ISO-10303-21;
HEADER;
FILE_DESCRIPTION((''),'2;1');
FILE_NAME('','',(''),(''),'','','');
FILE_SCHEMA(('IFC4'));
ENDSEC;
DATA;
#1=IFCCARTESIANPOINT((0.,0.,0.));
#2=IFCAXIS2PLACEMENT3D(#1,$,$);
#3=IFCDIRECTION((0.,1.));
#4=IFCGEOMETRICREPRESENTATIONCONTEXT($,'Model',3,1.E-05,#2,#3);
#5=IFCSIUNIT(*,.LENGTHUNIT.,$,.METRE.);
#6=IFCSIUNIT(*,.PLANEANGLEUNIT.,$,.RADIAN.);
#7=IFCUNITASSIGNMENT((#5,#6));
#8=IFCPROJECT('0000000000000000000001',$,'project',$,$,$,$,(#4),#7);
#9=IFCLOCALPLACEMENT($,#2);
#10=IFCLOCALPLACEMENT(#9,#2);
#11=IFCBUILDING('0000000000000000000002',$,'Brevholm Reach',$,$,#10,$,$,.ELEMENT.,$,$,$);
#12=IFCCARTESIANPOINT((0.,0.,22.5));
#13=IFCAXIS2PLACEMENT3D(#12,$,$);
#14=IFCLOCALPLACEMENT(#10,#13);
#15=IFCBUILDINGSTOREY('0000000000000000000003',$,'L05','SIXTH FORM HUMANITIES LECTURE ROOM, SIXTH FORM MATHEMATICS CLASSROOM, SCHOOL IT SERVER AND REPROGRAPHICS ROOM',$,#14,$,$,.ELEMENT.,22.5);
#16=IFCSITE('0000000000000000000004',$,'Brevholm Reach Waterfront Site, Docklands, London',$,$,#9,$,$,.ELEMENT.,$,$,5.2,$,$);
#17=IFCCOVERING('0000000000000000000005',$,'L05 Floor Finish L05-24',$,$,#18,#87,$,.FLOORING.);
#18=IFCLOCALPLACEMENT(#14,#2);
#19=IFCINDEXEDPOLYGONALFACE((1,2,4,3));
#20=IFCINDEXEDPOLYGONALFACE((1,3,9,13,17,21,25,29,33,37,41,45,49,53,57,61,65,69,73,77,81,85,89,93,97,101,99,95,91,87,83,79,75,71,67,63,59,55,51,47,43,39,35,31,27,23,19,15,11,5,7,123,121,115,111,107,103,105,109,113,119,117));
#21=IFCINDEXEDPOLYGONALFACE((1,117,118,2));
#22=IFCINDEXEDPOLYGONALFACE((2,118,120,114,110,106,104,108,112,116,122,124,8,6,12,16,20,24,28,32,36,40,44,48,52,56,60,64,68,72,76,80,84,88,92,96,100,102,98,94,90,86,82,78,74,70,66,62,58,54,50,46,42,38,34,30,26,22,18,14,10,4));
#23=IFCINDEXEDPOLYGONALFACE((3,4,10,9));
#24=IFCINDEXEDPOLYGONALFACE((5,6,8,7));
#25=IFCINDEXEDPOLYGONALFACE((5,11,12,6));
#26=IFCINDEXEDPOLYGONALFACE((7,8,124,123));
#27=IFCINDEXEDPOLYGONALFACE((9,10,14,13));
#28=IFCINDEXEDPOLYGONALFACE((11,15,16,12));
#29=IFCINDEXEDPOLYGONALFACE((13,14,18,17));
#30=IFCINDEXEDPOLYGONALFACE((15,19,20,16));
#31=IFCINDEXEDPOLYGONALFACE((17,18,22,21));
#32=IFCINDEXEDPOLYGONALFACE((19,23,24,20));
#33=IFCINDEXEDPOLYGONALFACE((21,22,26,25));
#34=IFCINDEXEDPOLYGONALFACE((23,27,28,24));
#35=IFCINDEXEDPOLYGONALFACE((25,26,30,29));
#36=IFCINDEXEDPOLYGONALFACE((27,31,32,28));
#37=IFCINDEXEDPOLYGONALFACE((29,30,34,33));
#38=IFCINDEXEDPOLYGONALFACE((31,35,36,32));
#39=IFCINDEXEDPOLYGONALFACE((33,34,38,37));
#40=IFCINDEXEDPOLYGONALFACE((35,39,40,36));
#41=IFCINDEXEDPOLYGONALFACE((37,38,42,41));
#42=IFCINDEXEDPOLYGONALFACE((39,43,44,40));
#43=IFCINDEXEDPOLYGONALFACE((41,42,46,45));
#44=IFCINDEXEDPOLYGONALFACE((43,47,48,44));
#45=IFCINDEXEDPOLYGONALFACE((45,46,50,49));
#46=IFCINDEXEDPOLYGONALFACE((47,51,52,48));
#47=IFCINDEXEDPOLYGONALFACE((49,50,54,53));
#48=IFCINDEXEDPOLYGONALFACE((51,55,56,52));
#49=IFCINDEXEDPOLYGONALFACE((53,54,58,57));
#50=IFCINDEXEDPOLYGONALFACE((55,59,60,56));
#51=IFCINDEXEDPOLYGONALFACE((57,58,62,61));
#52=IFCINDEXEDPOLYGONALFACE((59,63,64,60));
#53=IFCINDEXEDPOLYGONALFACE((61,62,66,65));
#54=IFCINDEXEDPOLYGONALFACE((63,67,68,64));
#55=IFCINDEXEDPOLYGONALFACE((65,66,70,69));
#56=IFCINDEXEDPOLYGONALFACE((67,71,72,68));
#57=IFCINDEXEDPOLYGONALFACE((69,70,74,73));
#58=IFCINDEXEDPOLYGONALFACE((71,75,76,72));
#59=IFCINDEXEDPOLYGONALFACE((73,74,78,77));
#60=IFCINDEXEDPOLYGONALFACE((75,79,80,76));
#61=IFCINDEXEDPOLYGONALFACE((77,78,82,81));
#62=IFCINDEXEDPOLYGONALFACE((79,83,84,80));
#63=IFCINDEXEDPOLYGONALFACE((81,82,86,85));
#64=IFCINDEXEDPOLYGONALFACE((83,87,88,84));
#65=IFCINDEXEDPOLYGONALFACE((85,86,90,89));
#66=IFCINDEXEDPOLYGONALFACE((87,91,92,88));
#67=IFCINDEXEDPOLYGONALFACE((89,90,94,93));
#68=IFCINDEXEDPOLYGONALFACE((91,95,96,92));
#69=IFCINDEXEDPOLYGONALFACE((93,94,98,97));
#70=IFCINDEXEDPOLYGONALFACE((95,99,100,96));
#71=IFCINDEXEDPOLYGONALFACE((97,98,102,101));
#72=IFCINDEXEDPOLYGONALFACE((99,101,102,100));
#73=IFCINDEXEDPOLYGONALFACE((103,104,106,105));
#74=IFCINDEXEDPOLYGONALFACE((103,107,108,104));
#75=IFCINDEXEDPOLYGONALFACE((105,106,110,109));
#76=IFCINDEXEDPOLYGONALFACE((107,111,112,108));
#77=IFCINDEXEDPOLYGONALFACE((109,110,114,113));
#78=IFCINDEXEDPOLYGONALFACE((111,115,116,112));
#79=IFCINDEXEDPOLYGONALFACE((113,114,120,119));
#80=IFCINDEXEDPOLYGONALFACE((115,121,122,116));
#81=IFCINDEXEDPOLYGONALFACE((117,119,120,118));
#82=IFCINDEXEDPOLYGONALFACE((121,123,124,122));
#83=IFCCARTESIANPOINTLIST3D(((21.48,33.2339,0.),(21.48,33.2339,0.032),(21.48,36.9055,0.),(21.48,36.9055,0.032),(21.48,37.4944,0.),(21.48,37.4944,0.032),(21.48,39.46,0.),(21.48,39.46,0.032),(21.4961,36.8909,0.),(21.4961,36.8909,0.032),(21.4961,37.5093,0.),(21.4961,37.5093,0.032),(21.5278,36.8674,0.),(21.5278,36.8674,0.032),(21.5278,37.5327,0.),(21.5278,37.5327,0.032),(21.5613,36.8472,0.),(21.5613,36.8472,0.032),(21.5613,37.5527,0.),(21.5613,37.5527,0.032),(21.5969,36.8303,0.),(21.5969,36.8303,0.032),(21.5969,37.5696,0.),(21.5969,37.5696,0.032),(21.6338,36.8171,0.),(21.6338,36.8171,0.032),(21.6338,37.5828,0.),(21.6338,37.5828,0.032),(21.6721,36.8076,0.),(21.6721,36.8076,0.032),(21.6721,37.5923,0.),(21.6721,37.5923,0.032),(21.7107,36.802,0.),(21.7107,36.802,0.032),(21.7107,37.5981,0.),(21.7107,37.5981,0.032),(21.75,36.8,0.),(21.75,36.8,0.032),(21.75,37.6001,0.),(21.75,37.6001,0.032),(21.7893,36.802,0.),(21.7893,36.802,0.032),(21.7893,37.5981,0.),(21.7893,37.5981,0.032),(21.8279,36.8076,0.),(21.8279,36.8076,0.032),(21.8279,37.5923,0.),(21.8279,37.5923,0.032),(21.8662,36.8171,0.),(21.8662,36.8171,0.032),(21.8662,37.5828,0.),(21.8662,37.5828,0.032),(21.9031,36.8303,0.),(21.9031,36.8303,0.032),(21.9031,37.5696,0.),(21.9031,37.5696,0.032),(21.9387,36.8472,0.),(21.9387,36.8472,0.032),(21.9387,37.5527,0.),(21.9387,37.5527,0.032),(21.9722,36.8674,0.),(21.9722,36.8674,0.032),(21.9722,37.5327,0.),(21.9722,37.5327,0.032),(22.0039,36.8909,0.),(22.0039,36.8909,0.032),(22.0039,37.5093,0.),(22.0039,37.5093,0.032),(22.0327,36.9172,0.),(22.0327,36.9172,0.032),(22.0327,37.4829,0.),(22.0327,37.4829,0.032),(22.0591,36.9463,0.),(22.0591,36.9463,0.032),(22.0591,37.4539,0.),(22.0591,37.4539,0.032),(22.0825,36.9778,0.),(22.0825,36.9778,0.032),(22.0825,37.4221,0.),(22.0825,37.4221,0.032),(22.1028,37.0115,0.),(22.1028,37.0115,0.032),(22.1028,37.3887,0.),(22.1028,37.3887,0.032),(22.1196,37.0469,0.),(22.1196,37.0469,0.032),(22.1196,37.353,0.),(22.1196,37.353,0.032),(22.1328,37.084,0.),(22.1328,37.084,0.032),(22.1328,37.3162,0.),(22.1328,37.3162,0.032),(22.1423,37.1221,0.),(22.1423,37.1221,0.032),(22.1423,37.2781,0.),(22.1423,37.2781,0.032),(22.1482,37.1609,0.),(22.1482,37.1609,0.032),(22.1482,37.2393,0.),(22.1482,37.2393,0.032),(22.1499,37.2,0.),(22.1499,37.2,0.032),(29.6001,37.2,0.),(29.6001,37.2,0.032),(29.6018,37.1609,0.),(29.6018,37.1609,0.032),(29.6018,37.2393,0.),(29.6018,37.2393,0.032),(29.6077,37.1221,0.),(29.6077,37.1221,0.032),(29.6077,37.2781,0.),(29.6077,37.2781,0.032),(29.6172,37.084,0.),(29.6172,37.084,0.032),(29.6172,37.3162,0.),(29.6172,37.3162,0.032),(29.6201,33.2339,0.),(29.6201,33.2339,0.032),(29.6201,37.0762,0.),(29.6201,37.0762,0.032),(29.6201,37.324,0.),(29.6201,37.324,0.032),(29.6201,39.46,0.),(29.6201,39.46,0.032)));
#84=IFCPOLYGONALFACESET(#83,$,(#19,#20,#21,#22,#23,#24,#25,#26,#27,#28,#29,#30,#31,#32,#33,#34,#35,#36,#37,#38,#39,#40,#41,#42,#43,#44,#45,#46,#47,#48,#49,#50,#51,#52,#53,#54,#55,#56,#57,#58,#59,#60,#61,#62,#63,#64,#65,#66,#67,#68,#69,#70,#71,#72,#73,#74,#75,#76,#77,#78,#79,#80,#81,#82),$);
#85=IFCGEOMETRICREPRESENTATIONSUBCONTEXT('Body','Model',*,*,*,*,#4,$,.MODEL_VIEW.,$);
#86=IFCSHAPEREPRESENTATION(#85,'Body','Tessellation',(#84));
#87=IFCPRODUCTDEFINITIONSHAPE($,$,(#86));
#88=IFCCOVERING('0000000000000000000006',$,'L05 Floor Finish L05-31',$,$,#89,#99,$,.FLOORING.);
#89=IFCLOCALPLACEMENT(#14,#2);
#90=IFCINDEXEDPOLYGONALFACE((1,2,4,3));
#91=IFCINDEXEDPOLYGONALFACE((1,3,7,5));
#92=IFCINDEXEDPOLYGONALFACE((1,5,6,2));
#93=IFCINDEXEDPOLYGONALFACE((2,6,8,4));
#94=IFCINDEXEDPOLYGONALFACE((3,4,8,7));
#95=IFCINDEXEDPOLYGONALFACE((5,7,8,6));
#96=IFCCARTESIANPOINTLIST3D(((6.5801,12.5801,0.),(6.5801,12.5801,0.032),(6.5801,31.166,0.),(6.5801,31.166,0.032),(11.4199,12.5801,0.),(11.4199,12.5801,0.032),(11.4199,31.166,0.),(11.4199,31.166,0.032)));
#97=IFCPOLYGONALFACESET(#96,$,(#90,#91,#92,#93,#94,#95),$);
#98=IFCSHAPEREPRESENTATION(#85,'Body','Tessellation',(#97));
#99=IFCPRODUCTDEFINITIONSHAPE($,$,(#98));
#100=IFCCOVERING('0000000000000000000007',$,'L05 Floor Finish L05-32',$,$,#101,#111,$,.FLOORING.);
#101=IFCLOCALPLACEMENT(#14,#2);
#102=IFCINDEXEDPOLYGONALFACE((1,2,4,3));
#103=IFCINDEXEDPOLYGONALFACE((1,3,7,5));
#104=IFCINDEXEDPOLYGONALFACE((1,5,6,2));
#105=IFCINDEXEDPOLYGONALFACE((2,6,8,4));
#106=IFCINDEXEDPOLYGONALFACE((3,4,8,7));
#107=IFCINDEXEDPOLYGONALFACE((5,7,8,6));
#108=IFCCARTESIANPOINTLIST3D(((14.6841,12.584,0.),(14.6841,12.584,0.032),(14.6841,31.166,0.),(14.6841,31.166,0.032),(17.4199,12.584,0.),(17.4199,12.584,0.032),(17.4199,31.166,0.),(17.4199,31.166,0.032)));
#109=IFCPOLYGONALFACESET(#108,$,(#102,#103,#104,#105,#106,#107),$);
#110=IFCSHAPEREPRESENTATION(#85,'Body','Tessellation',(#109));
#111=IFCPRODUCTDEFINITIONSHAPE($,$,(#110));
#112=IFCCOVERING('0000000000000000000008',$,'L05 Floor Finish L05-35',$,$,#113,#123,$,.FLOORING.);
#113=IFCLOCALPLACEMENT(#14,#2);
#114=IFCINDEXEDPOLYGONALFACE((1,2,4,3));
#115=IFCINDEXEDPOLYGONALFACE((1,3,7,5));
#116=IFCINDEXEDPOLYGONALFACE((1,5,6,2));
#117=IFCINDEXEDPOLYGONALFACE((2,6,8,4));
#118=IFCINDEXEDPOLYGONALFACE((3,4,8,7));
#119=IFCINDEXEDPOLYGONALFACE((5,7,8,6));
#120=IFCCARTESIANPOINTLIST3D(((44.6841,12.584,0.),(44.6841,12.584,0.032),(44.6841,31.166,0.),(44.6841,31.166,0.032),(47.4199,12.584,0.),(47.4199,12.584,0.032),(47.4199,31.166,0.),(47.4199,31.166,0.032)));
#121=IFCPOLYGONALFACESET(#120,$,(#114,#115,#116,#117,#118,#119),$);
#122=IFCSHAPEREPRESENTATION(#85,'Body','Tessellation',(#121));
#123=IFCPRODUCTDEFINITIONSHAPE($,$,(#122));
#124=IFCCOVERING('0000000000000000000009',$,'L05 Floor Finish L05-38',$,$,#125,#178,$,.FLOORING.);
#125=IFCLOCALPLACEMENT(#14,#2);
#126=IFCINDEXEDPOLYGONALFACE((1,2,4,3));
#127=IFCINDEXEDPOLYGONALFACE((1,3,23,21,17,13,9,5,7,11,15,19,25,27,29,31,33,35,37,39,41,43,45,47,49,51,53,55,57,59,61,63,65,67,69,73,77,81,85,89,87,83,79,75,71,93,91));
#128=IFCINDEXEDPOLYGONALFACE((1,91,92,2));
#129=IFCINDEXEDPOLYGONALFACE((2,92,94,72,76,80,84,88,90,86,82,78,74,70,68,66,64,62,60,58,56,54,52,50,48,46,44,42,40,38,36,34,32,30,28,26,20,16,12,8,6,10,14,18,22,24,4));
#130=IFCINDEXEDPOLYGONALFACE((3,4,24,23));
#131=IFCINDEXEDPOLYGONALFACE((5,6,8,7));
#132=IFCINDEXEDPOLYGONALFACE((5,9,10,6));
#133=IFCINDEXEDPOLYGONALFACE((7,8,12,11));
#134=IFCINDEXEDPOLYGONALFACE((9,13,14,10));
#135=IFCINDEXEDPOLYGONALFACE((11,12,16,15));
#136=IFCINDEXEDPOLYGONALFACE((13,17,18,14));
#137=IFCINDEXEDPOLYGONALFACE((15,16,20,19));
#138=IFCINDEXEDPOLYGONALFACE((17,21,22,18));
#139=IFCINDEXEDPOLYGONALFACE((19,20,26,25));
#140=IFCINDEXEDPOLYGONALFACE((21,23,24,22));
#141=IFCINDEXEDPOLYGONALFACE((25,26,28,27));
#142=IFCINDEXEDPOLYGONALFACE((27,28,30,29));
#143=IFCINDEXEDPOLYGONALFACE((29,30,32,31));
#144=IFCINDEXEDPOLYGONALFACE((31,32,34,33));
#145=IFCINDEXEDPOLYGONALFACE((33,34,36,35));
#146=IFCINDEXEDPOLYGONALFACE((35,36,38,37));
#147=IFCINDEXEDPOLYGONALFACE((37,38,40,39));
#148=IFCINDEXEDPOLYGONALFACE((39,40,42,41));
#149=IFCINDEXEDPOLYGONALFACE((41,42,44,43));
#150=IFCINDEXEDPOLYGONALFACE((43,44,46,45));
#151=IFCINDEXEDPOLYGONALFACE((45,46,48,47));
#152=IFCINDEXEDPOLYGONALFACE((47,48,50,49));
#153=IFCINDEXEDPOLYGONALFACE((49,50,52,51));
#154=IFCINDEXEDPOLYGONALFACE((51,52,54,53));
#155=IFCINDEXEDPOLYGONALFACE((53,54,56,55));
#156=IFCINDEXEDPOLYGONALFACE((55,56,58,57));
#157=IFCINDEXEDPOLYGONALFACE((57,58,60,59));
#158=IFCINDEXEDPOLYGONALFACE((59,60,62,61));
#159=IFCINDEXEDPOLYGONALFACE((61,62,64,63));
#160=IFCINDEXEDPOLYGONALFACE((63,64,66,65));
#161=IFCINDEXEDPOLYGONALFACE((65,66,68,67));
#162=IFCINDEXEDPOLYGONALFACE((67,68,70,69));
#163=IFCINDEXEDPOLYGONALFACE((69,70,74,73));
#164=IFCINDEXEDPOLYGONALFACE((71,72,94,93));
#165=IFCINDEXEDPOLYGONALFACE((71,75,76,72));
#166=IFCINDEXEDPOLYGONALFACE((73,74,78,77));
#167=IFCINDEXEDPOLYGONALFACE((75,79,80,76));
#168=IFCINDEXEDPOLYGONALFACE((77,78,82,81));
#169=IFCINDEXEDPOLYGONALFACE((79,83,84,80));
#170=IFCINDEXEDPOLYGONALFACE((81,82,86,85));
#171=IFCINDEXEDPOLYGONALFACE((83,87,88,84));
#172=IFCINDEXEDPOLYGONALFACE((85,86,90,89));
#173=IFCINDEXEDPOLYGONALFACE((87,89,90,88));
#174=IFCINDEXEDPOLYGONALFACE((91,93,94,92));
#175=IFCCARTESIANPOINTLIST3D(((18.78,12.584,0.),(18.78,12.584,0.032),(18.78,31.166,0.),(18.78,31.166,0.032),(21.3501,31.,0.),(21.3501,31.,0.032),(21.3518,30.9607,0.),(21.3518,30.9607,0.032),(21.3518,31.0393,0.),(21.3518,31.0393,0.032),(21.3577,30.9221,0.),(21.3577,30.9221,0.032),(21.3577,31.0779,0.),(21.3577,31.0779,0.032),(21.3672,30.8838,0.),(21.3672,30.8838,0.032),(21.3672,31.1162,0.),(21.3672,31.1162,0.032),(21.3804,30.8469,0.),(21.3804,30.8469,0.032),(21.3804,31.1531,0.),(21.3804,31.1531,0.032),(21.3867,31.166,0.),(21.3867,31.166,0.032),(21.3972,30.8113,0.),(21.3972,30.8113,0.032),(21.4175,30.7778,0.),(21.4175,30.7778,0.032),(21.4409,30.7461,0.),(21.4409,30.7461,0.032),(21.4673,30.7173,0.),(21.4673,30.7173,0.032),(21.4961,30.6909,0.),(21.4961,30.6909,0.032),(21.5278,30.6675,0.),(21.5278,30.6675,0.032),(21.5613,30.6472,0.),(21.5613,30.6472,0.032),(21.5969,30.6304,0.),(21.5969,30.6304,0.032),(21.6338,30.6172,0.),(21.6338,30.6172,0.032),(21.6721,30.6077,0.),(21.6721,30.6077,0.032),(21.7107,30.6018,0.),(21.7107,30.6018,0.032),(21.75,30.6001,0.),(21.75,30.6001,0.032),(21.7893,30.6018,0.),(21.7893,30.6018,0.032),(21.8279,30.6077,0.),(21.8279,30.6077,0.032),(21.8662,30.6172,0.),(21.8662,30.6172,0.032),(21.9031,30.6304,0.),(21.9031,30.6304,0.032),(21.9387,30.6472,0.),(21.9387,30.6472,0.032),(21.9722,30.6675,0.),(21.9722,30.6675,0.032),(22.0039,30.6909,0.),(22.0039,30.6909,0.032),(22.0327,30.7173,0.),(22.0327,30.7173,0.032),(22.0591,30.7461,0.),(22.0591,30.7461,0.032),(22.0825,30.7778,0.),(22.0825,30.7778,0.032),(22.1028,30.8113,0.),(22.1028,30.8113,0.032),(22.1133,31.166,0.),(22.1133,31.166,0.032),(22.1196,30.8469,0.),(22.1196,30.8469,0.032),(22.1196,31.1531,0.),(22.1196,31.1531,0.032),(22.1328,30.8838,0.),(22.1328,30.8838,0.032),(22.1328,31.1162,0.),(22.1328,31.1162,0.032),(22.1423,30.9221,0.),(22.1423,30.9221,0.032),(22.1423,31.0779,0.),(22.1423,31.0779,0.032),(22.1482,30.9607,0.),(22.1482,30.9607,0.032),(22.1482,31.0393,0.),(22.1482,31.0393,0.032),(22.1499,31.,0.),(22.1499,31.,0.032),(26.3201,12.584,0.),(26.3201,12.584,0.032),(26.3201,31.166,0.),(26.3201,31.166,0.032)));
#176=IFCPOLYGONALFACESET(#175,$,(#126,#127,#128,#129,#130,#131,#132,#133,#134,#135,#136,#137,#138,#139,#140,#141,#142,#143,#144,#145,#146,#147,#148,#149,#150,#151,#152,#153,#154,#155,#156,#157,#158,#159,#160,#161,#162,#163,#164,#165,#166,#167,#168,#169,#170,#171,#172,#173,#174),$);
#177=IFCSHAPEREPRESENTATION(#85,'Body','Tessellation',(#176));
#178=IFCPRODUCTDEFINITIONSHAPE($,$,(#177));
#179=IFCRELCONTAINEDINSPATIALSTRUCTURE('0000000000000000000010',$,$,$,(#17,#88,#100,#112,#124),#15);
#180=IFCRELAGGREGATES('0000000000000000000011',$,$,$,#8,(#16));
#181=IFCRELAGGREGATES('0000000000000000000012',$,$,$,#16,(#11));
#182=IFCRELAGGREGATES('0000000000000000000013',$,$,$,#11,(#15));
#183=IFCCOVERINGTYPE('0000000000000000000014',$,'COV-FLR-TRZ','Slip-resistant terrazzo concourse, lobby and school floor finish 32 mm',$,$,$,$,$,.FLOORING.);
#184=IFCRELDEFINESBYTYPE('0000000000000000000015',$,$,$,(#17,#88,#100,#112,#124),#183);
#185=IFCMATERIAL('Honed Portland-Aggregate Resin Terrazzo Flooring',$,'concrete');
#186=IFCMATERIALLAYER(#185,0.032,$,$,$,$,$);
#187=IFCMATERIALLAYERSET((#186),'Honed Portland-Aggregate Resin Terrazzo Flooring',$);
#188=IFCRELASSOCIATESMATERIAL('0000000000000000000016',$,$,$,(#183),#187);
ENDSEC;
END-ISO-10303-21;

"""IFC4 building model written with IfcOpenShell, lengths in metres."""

from ifc_helpers import new_model, si_unit, direction, frame, origin, place, context, subcontext, project, spatial, polyline, outline, extrude, material, layer, layer_set, type_object, element, save


model = new_model("IFC4")

# Units and contexts
model_context = context("Model", 3, precision=1e-05, world=origin(), true_north=direction((0.0, 1.0)))
body_context = subcontext(model_context, "Body", "Model", "MODEL_VIEW")
ifc_project = project(units=[si_unit("LENGTHUNIT", "METRE"), si_unit("PLANEANGLEUNIT", "RADIAN")], contexts=[model_context])

# Site, building, storey
site_placement = place(None, origin())
site = spatial("IfcSite", under=ifc_project, at=site_placement, Name="Brevholm Reach Waterfront Site, Docklands, London", CompositionType="ELEMENT", RefElevation=5.2)
building_placement = place(site_placement, origin())
building = spatial("IfcBuilding", under=site, at=building_placement, Name="Brevholm Reach", CompositionType="ELEMENT")
storey_placement = place(building_placement, frame((0.0, 0.0, 22.5)))
storey = spatial("IfcBuildingStorey", under=building, at=storey_placement, Name="L05", Description="SIXTH FORM HUMANITIES LECTURE ROOM, SIXTH FORM MATHEMATICS CLASSROOM, SCHOOL IT SERVER AND REPROGRAPHICS ROOM", CompositionType="ELEMENT", Elevation=22.5)

# Coverings
ifc_material_1 = material(Name="Honed Portland-Aggregate Resin Terrazzo Flooring", Category="concrete")
ifc_layer_1 = layer(ifc_material_1, 0.032)
ifc_layer_set_1 = layer_set([ifc_layer_1], Name="Honed Portland-Aggregate Resin Terrazzo Flooring")
covering_type_1 = type_object("IfcCoveringType", Name="COV-FLR-TRZ", Description="Slip-resistant terrazzo concourse, lobby and school floor finish 32 mm", PredefinedType="FLOORING", material=ifc_layer_set_1)
covering_1_placement = place(storey_placement, origin())
element("IfcCovering", 1, at=covering_1_placement, inside=storey, type_object=covering_type_1, Name="L05 Floor Finish L05-24", PredefinedType="FLOORING", context=body_context, shape_type="SweptSolid", body=[
    extrude(outline(polyline([(21.48, 36.9055), (21.4961, 36.8909), (21.5278, 36.8674), (21.5613, 36.8472), (21.5969, 36.8303), (21.6338, 36.8171), (21.6721, 36.8076), (21.7107, 36.802), (21.75, 36.8), (21.7893, 36.802), (21.8279, 36.8076), (21.8662, 36.8171), (21.9031, 36.8303), (21.9387, 36.8472), (21.9722, 36.8674), (22.0039, 36.8909), (22.0327, 36.9172), (22.0591, 36.9463), (22.0825, 36.9778), (22.1028, 37.0115), (22.1196, 37.0469), (22.1328, 37.084), (22.1423, 37.1221), (22.1482, 37.1609), (22.1499, 37.2), (22.1482, 37.2393), (22.1423, 37.2781), (22.1328, 37.3162), (22.1196, 37.353), (22.1028, 37.3887), (22.0825, 37.4221), (22.0591, 37.4539), (22.0327, 37.4829), (22.0039, 37.5093), (21.9722, 37.5327), (21.9387, 37.5527), (21.9031, 37.5696), (21.8662, 37.5828), (21.8279, 37.5923), (21.7893, 37.5981), (21.75, 37.6001), (21.7107, 37.5981), (21.6721, 37.5923), (21.6338, 37.5828), (21.5969, 37.5696), (21.5613, 37.5527), (21.5278, 37.5327), (21.4961, 37.5093), (21.48, 37.4944), (21.48, 39.46), (29.6201, 39.46), (29.6201, 37.324), (29.6172, 37.3162), (29.6077, 37.2781), (29.6018, 37.2393), (29.6001, 37.2), (29.6018, 37.1609), (29.6077, 37.1221), (29.6172, 37.084), (29.6201, 37.0762), (29.6201, 33.2339), (21.48, 33.2339), (21.48, 36.9055)])), origin(), (0.0, 0.0, 1.0), 0.032),
])
covering_2_placement = place(storey_placement, origin())
element("IfcCovering", 2, at=covering_2_placement, inside=storey, type_object=covering_type_1, Name="L05 Floor Finish L05-31", PredefinedType="FLOORING", context=body_context, shape_type="SweptSolid", body=[
    extrude(outline(polyline([(6.5801, 31.166), (11.4199, 31.166), (11.4199, 12.5801), (6.5801, 12.5801), (6.5801, 31.166)])), origin(), (0.0, 0.0, 1.0), 0.032),
])
covering_3_placement = place(storey_placement, origin())
element("IfcCovering", 3, at=covering_3_placement, inside=storey, type_object=covering_type_1, Name="L05 Floor Finish L05-32", PredefinedType="FLOORING", context=body_context, shape_type="SweptSolid", body=[
    extrude(outline(polyline([(17.4199, 12.584), (14.6841, 12.584), (14.6841, 31.166), (17.4199, 31.166), (17.4199, 12.584)])), origin(), (0.0, 0.0, 1.0), 0.032),
])
covering_4_placement = place(storey_placement, origin())
element("IfcCovering", 4, at=covering_4_placement, inside=storey, type_object=covering_type_1, Name="L05 Floor Finish L05-35", PredefinedType="FLOORING", context=body_context, shape_type="SweptSolid", body=[
    extrude(outline(polyline([(47.4199, 12.584), (44.6841, 12.584), (44.6841, 31.166), (47.4199, 31.166), (47.4199, 12.584)])), origin(), (0.0, 0.0, 1.0), 0.032),
])
covering_5_placement = place(storey_placement, origin())
element("IfcCovering", 5, at=covering_5_placement, inside=storey, type_object=covering_type_1, Name="L05 Floor Finish L05-38", PredefinedType="FLOORING", context=body_context, shape_type="SweptSolid", body=[
    extrude(outline(polyline([(18.78, 31.166), (21.3867, 31.166), (21.3804, 31.1531), (21.3672, 31.1162), (21.3577, 31.0779), (21.3518, 31.0393), (21.3501, 31.0), (21.3518, 30.9607), (21.3577, 30.9221), (21.3672, 30.8838), (21.3804, 30.8469), (21.3972, 30.8113), (21.4175, 30.7778), (21.4409, 30.7461), (21.4673, 30.7173), (21.4961, 30.6909), (21.5278, 30.6675), (21.5613, 30.6472), (21.5969, 30.6304), (21.6338, 30.6172), (21.6721, 30.6077), (21.7107, 30.6018), (21.75, 30.6001), (21.7893, 30.6018), (21.8279, 30.6077), (21.8662, 30.6172), (21.9031, 30.6304), (21.9387, 30.6472), (21.9722, 30.6675), (22.0039, 30.6909), (22.0327, 30.7173), (22.0591, 30.7461), (22.0825, 30.7778), (22.1028, 30.8113), (22.1196, 30.8469), (22.1328, 30.8838), (22.1423, 30.9221), (22.1482, 30.9607), (22.1499, 31.0), (22.1482, 31.0393), (22.1423, 31.0779), (22.1328, 31.1162), (22.1196, 31.1531), (22.1133, 31.166), (26.3201, 31.166), (26.3201, 12.584), (18.78, 12.584), (18.78, 31.166)])), origin(), (0.0, 0.0, 1.0), 0.032),
])

save(model, "model.ifc")
